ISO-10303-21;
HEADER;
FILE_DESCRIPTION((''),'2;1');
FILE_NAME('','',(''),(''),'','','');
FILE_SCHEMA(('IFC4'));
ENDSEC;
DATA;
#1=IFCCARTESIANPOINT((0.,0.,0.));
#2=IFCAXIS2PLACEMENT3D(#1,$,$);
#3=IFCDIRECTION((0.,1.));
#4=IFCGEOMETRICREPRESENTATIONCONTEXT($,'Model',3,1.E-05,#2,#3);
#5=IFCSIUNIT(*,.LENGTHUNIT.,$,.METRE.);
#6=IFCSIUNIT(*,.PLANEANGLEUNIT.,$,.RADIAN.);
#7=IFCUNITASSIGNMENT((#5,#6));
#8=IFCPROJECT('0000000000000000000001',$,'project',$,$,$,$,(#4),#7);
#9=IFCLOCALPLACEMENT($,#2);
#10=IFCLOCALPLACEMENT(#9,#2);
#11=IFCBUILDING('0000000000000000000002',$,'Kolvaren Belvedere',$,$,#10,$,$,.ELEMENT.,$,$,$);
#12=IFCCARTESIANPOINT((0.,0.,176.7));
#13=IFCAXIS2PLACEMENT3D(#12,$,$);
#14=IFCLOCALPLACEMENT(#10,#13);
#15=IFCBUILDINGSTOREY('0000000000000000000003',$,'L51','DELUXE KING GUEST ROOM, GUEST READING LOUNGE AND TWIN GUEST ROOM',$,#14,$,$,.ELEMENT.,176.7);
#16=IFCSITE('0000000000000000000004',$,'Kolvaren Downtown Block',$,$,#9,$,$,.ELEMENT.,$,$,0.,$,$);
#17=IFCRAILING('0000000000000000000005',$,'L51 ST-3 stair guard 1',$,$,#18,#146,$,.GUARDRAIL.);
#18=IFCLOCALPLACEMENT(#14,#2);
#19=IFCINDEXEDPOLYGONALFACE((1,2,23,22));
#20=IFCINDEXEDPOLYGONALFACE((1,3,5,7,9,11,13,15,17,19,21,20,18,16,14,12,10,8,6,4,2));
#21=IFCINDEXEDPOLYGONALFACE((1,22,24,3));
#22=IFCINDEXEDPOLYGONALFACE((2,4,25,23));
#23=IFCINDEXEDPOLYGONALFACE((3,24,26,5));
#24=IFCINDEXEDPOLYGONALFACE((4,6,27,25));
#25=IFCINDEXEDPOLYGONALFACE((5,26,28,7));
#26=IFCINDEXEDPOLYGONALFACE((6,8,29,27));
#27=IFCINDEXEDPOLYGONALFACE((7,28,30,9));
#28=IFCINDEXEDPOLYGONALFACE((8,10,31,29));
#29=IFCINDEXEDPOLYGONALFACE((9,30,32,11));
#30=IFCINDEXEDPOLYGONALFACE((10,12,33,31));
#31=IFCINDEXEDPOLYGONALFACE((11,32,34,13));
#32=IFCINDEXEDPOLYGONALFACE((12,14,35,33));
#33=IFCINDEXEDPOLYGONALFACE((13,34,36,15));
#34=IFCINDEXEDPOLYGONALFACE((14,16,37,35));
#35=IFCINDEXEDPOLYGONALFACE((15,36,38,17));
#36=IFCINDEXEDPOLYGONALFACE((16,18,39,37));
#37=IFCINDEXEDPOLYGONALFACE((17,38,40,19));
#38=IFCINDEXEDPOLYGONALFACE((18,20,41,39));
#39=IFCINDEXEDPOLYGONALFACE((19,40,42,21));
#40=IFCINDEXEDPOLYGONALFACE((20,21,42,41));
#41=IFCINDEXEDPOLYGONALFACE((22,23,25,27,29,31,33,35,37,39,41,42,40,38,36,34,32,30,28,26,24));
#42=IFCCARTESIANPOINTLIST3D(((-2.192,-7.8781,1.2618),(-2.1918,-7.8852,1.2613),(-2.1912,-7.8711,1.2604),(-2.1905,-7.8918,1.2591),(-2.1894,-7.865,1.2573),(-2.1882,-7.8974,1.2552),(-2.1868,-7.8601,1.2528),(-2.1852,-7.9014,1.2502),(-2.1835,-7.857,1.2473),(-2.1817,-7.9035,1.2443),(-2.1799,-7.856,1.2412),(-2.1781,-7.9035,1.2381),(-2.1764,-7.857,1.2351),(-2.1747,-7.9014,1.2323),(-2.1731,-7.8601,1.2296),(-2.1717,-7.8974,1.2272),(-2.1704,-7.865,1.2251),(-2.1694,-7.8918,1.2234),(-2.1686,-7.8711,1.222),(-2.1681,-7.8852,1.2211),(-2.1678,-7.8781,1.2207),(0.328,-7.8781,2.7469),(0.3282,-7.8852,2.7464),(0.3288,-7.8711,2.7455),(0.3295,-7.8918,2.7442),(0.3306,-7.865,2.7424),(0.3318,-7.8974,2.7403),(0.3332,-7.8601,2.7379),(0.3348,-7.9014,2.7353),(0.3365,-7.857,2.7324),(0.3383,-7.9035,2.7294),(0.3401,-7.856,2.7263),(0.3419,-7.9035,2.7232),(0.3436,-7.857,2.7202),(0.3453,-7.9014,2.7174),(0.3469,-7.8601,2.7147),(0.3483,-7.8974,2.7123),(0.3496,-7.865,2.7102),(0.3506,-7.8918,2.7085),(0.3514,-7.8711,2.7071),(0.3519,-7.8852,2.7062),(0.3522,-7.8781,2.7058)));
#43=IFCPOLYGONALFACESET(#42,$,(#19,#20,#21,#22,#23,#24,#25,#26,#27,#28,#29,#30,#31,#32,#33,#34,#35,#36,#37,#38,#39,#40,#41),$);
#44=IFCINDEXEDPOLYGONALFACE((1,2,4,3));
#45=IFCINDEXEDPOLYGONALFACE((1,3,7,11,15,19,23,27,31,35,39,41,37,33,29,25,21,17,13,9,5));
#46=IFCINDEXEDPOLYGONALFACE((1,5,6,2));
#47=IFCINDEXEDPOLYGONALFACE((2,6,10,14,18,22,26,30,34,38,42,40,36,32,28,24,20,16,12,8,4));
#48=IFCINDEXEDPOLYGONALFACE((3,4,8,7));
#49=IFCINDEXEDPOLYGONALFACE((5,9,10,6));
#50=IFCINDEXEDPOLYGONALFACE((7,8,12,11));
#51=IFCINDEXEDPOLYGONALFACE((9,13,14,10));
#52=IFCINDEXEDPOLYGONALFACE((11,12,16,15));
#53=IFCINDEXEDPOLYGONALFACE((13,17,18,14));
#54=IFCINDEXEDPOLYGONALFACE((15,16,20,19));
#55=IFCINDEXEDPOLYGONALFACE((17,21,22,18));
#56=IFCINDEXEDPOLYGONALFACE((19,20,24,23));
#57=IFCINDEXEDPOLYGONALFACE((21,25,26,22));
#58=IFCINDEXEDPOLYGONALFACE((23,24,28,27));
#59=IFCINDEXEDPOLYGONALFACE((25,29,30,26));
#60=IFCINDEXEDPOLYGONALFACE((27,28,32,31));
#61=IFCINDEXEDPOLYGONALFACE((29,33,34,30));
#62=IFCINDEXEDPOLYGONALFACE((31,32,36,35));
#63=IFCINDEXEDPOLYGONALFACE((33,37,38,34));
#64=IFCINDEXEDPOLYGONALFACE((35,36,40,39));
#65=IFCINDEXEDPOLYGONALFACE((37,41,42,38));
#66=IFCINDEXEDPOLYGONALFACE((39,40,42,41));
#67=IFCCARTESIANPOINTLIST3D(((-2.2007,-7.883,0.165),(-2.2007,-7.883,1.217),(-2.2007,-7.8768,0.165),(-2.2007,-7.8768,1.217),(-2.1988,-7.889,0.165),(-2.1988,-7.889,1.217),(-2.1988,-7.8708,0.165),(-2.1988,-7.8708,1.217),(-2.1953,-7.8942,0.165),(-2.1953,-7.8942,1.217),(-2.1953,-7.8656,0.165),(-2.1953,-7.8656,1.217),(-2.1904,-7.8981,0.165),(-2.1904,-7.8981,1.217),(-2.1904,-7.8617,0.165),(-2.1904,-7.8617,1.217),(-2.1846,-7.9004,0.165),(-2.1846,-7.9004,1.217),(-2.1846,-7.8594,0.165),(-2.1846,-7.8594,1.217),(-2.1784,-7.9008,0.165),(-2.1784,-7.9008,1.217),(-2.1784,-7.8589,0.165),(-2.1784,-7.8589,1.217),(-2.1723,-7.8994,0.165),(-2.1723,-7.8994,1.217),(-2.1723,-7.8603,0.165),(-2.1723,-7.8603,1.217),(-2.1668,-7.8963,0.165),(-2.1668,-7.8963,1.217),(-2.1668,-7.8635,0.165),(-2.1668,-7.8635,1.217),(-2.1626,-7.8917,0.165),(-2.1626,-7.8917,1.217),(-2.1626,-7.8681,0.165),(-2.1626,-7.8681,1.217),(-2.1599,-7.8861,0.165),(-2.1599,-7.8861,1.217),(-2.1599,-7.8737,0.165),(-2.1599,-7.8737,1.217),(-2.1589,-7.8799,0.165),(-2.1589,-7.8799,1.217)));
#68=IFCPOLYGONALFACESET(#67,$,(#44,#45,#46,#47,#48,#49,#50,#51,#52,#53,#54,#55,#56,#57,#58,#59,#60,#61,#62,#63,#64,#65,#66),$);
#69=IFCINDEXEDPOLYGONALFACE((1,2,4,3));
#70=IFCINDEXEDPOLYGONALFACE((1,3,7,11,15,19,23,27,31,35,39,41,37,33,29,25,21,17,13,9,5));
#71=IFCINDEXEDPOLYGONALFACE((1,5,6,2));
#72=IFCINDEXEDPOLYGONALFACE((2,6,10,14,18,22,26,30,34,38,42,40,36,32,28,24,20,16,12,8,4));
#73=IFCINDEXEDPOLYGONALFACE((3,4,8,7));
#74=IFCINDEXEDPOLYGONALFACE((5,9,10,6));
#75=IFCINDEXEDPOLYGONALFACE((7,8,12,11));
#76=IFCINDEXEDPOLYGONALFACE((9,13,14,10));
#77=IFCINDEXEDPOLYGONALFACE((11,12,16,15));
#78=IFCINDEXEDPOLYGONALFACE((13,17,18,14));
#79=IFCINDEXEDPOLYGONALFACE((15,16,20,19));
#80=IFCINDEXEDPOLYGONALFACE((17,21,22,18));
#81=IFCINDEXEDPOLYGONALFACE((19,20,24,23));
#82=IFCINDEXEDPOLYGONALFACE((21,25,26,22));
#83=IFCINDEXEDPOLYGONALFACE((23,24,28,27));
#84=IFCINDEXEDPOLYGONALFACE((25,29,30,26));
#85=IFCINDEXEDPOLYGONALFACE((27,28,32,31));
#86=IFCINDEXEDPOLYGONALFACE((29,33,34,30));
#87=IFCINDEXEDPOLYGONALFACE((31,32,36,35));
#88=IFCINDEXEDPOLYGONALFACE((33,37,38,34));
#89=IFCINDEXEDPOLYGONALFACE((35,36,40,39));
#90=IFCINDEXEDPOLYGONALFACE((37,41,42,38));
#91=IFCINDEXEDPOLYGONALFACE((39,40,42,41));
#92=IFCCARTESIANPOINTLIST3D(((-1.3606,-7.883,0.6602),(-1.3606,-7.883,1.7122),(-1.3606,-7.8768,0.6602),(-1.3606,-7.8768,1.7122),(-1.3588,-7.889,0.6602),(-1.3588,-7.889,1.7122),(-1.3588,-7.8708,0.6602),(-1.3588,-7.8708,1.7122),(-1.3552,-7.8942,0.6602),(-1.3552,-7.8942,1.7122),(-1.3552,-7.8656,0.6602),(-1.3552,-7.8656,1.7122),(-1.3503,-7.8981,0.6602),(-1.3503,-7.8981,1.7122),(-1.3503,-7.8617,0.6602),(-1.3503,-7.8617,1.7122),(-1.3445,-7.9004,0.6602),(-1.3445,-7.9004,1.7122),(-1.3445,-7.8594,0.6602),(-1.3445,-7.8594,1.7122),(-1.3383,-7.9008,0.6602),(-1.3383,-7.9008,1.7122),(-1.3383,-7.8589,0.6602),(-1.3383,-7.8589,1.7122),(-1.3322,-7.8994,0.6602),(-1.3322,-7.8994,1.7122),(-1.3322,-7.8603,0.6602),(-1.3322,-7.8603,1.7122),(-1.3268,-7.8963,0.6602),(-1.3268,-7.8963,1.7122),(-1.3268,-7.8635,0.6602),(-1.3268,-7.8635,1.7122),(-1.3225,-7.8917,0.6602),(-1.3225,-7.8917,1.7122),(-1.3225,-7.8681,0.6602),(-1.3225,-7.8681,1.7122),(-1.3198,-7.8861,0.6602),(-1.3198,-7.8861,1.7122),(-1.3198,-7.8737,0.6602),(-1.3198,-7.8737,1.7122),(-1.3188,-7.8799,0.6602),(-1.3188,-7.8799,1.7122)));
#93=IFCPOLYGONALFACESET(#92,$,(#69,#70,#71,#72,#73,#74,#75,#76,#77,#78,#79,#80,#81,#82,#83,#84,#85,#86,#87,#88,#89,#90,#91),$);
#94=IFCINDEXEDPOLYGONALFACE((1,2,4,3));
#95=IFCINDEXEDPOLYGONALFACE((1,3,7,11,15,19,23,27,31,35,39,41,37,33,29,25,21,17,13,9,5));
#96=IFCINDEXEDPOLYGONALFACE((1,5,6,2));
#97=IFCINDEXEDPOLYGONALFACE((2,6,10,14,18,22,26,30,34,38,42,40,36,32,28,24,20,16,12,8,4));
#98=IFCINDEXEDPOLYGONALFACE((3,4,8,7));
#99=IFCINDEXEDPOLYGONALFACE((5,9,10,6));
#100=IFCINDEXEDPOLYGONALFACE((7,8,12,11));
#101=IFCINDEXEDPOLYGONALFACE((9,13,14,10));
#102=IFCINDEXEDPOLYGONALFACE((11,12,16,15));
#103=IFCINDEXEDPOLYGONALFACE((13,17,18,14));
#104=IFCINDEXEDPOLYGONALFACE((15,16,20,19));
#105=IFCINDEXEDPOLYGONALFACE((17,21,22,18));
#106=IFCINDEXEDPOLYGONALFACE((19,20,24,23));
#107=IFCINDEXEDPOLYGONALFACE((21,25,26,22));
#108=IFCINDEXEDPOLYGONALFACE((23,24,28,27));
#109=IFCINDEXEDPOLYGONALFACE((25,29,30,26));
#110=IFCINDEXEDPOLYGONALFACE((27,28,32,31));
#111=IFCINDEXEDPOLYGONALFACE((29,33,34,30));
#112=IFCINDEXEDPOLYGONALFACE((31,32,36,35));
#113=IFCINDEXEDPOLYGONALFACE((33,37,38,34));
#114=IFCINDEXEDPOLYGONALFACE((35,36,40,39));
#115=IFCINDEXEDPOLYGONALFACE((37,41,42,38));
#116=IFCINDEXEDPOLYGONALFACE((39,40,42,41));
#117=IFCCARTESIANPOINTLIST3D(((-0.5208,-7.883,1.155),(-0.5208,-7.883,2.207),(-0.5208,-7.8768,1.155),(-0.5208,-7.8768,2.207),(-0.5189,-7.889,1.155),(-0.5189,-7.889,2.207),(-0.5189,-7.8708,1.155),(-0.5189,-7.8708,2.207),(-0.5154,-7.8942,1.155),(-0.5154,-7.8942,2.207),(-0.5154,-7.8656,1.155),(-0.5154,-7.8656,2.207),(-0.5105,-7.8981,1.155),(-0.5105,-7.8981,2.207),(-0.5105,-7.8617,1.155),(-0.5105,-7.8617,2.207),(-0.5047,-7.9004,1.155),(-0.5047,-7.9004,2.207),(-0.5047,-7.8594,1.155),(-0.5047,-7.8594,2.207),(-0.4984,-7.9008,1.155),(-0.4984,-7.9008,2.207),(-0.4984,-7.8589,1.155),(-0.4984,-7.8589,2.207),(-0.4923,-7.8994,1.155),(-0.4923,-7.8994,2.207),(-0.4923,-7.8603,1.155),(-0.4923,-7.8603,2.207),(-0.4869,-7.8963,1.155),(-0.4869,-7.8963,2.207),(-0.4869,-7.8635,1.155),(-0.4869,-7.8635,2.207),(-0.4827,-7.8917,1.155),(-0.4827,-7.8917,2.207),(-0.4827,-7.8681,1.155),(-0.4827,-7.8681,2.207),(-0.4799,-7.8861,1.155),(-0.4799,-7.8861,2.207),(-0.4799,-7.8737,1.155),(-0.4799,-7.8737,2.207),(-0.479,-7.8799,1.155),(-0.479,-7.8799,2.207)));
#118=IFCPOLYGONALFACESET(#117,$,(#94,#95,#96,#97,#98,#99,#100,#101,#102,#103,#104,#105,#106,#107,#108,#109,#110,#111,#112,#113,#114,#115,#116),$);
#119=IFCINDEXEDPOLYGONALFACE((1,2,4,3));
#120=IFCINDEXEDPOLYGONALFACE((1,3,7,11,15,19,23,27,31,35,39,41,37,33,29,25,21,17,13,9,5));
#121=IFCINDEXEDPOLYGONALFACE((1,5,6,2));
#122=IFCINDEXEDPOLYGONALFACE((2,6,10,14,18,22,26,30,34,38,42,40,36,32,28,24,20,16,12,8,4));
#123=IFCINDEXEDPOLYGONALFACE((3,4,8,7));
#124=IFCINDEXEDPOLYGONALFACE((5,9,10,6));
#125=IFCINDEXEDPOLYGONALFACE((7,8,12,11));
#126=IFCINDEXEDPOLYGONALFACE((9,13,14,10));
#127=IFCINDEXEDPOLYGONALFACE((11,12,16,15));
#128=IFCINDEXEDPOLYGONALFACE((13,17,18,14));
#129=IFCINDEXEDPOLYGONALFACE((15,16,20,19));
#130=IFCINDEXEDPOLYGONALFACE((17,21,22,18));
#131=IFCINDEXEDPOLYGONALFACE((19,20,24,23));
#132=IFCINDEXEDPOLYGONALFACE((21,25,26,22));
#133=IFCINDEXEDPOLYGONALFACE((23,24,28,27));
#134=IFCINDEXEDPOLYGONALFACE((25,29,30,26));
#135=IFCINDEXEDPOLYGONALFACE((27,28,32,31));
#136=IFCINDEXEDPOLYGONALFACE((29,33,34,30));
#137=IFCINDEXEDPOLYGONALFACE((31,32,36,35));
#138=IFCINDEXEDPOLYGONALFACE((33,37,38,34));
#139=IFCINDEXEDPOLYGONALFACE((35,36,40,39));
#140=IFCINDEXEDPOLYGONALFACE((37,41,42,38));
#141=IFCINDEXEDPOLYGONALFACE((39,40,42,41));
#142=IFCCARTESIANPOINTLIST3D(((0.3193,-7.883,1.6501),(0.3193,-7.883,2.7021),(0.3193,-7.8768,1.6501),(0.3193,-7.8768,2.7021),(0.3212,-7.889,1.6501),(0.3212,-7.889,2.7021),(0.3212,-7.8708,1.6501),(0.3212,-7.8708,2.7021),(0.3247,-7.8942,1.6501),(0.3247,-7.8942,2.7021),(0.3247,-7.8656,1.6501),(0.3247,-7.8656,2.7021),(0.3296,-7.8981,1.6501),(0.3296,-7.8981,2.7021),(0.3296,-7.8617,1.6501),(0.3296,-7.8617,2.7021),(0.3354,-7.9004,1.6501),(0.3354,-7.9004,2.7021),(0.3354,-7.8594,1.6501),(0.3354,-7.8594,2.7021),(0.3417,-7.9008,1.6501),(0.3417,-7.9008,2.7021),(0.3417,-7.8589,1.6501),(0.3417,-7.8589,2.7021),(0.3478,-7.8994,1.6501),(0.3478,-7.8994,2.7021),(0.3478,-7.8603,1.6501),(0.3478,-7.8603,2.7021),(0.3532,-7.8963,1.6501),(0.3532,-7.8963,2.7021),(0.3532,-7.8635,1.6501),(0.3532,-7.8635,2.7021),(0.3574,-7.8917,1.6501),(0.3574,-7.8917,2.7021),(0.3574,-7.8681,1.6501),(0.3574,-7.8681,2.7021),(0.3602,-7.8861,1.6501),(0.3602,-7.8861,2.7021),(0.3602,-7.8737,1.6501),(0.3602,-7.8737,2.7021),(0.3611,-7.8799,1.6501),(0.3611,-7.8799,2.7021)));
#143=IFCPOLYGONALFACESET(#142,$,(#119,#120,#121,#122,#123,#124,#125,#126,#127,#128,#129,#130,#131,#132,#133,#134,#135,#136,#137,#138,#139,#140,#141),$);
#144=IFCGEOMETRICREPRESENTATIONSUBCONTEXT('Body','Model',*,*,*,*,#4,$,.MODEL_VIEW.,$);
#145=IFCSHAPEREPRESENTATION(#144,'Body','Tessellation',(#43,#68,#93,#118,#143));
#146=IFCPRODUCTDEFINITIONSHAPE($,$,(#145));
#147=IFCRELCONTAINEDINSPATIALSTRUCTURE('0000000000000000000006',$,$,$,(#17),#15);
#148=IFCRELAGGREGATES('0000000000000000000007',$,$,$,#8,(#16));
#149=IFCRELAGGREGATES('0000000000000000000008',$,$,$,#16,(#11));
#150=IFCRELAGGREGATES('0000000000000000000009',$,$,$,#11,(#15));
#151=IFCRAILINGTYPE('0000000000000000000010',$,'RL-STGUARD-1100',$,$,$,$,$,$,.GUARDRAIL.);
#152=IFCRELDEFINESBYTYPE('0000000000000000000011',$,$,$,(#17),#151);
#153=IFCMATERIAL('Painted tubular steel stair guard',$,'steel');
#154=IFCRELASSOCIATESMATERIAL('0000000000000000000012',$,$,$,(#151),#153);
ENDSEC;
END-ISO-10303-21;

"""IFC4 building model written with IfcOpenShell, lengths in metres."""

from ifc_helpers import new_model, si_unit, direction, frame, origin, origin_2d, place, context, subcontext, project, spatial, circle, extrude, material, type_object, element, save


model = new_model("IFC4")

# Units and contexts
model_context = context("Model", 3, precision=1e-05, world=origin(), true_north=direction((0.0, 1.0)))
body_context = subcontext(model_context, "Body", "Model", "MODEL_VIEW")
ifc_project = project(units=[si_unit("LENGTHUNIT", "METRE"), si_unit("PLANEANGLEUNIT", "RADIAN")], contexts=[model_context])

# Site, building, storey
site_placement = place(None, origin())
site = spatial("IfcSite", under=ifc_project, at=site_placement, Name="Kolvaren Downtown Block", CompositionType="ELEMENT", RefElevation=0.0)
building_placement = place(site_placement, origin())
building = spatial("IfcBuilding", under=site, at=building_placement, Name="Kolvaren Belvedere", CompositionType="ELEMENT")
storey_placement = place(building_placement, frame((0.0, 0.0, 176.7)))
storey = spatial("IfcBuildingStorey", under=building, at=storey_placement, Name="L51", Description="DELUXE KING GUEST ROOM, GUEST READING LOUNGE AND TWIN GUEST ROOM", CompositionType="ELEMENT", Elevation=176.7)

# Railing
ifc_material_1 = material(Name="Painted tubular steel stair guard", Category="steel")
railing_type_1 = type_object("IfcRailingType", Name="RL-STGUARD-1100", PredefinedType="GUARDRAIL", material=ifc_material_1)
railing_1_placement = place(storey_placement, frame((-2.1799, -7.8799, 0.165)))
element("IfcRailing", 1, at=railing_1_placement, inside=storey, type_object=railing_type_1, Name="L51 ST-3 stair guard 1", PredefinedType="GUARDRAIL", context=body_context, shape_type="SweptSolid", body=[
    extrude(circle(Radius=0.0239, at=origin_2d()), frame((0.0, 0.0, 1.0762), z_axis=(0.861524, 0.0, 0.507717), x_axis=(0.0, 1.0, 0.0)), (0.0, 0.0, 1.0), 2.925),
    extrude(circle(Radius=0.021, at=origin_2d()), origin(), (0.0, 0.0, 1.0), 1.052),
    extrude(circle(Radius=0.021, at=origin_2d()), frame((0.8401, 0.0, 0.4951)), (0.0, 0.0, 1.0), 1.052),
    extrude(circle(Radius=0.021, at=origin_2d()), frame((1.6799, 0.0, 0.99)), (0.0, 0.0, 1.0), 1.052),
    extrude(circle(Radius=0.021, at=origin_2d()), frame((2.52, 0.0, 1.4851)), (0.0, 0.0, 1.0), 1.052),
])

save(model, "model.ifc")
